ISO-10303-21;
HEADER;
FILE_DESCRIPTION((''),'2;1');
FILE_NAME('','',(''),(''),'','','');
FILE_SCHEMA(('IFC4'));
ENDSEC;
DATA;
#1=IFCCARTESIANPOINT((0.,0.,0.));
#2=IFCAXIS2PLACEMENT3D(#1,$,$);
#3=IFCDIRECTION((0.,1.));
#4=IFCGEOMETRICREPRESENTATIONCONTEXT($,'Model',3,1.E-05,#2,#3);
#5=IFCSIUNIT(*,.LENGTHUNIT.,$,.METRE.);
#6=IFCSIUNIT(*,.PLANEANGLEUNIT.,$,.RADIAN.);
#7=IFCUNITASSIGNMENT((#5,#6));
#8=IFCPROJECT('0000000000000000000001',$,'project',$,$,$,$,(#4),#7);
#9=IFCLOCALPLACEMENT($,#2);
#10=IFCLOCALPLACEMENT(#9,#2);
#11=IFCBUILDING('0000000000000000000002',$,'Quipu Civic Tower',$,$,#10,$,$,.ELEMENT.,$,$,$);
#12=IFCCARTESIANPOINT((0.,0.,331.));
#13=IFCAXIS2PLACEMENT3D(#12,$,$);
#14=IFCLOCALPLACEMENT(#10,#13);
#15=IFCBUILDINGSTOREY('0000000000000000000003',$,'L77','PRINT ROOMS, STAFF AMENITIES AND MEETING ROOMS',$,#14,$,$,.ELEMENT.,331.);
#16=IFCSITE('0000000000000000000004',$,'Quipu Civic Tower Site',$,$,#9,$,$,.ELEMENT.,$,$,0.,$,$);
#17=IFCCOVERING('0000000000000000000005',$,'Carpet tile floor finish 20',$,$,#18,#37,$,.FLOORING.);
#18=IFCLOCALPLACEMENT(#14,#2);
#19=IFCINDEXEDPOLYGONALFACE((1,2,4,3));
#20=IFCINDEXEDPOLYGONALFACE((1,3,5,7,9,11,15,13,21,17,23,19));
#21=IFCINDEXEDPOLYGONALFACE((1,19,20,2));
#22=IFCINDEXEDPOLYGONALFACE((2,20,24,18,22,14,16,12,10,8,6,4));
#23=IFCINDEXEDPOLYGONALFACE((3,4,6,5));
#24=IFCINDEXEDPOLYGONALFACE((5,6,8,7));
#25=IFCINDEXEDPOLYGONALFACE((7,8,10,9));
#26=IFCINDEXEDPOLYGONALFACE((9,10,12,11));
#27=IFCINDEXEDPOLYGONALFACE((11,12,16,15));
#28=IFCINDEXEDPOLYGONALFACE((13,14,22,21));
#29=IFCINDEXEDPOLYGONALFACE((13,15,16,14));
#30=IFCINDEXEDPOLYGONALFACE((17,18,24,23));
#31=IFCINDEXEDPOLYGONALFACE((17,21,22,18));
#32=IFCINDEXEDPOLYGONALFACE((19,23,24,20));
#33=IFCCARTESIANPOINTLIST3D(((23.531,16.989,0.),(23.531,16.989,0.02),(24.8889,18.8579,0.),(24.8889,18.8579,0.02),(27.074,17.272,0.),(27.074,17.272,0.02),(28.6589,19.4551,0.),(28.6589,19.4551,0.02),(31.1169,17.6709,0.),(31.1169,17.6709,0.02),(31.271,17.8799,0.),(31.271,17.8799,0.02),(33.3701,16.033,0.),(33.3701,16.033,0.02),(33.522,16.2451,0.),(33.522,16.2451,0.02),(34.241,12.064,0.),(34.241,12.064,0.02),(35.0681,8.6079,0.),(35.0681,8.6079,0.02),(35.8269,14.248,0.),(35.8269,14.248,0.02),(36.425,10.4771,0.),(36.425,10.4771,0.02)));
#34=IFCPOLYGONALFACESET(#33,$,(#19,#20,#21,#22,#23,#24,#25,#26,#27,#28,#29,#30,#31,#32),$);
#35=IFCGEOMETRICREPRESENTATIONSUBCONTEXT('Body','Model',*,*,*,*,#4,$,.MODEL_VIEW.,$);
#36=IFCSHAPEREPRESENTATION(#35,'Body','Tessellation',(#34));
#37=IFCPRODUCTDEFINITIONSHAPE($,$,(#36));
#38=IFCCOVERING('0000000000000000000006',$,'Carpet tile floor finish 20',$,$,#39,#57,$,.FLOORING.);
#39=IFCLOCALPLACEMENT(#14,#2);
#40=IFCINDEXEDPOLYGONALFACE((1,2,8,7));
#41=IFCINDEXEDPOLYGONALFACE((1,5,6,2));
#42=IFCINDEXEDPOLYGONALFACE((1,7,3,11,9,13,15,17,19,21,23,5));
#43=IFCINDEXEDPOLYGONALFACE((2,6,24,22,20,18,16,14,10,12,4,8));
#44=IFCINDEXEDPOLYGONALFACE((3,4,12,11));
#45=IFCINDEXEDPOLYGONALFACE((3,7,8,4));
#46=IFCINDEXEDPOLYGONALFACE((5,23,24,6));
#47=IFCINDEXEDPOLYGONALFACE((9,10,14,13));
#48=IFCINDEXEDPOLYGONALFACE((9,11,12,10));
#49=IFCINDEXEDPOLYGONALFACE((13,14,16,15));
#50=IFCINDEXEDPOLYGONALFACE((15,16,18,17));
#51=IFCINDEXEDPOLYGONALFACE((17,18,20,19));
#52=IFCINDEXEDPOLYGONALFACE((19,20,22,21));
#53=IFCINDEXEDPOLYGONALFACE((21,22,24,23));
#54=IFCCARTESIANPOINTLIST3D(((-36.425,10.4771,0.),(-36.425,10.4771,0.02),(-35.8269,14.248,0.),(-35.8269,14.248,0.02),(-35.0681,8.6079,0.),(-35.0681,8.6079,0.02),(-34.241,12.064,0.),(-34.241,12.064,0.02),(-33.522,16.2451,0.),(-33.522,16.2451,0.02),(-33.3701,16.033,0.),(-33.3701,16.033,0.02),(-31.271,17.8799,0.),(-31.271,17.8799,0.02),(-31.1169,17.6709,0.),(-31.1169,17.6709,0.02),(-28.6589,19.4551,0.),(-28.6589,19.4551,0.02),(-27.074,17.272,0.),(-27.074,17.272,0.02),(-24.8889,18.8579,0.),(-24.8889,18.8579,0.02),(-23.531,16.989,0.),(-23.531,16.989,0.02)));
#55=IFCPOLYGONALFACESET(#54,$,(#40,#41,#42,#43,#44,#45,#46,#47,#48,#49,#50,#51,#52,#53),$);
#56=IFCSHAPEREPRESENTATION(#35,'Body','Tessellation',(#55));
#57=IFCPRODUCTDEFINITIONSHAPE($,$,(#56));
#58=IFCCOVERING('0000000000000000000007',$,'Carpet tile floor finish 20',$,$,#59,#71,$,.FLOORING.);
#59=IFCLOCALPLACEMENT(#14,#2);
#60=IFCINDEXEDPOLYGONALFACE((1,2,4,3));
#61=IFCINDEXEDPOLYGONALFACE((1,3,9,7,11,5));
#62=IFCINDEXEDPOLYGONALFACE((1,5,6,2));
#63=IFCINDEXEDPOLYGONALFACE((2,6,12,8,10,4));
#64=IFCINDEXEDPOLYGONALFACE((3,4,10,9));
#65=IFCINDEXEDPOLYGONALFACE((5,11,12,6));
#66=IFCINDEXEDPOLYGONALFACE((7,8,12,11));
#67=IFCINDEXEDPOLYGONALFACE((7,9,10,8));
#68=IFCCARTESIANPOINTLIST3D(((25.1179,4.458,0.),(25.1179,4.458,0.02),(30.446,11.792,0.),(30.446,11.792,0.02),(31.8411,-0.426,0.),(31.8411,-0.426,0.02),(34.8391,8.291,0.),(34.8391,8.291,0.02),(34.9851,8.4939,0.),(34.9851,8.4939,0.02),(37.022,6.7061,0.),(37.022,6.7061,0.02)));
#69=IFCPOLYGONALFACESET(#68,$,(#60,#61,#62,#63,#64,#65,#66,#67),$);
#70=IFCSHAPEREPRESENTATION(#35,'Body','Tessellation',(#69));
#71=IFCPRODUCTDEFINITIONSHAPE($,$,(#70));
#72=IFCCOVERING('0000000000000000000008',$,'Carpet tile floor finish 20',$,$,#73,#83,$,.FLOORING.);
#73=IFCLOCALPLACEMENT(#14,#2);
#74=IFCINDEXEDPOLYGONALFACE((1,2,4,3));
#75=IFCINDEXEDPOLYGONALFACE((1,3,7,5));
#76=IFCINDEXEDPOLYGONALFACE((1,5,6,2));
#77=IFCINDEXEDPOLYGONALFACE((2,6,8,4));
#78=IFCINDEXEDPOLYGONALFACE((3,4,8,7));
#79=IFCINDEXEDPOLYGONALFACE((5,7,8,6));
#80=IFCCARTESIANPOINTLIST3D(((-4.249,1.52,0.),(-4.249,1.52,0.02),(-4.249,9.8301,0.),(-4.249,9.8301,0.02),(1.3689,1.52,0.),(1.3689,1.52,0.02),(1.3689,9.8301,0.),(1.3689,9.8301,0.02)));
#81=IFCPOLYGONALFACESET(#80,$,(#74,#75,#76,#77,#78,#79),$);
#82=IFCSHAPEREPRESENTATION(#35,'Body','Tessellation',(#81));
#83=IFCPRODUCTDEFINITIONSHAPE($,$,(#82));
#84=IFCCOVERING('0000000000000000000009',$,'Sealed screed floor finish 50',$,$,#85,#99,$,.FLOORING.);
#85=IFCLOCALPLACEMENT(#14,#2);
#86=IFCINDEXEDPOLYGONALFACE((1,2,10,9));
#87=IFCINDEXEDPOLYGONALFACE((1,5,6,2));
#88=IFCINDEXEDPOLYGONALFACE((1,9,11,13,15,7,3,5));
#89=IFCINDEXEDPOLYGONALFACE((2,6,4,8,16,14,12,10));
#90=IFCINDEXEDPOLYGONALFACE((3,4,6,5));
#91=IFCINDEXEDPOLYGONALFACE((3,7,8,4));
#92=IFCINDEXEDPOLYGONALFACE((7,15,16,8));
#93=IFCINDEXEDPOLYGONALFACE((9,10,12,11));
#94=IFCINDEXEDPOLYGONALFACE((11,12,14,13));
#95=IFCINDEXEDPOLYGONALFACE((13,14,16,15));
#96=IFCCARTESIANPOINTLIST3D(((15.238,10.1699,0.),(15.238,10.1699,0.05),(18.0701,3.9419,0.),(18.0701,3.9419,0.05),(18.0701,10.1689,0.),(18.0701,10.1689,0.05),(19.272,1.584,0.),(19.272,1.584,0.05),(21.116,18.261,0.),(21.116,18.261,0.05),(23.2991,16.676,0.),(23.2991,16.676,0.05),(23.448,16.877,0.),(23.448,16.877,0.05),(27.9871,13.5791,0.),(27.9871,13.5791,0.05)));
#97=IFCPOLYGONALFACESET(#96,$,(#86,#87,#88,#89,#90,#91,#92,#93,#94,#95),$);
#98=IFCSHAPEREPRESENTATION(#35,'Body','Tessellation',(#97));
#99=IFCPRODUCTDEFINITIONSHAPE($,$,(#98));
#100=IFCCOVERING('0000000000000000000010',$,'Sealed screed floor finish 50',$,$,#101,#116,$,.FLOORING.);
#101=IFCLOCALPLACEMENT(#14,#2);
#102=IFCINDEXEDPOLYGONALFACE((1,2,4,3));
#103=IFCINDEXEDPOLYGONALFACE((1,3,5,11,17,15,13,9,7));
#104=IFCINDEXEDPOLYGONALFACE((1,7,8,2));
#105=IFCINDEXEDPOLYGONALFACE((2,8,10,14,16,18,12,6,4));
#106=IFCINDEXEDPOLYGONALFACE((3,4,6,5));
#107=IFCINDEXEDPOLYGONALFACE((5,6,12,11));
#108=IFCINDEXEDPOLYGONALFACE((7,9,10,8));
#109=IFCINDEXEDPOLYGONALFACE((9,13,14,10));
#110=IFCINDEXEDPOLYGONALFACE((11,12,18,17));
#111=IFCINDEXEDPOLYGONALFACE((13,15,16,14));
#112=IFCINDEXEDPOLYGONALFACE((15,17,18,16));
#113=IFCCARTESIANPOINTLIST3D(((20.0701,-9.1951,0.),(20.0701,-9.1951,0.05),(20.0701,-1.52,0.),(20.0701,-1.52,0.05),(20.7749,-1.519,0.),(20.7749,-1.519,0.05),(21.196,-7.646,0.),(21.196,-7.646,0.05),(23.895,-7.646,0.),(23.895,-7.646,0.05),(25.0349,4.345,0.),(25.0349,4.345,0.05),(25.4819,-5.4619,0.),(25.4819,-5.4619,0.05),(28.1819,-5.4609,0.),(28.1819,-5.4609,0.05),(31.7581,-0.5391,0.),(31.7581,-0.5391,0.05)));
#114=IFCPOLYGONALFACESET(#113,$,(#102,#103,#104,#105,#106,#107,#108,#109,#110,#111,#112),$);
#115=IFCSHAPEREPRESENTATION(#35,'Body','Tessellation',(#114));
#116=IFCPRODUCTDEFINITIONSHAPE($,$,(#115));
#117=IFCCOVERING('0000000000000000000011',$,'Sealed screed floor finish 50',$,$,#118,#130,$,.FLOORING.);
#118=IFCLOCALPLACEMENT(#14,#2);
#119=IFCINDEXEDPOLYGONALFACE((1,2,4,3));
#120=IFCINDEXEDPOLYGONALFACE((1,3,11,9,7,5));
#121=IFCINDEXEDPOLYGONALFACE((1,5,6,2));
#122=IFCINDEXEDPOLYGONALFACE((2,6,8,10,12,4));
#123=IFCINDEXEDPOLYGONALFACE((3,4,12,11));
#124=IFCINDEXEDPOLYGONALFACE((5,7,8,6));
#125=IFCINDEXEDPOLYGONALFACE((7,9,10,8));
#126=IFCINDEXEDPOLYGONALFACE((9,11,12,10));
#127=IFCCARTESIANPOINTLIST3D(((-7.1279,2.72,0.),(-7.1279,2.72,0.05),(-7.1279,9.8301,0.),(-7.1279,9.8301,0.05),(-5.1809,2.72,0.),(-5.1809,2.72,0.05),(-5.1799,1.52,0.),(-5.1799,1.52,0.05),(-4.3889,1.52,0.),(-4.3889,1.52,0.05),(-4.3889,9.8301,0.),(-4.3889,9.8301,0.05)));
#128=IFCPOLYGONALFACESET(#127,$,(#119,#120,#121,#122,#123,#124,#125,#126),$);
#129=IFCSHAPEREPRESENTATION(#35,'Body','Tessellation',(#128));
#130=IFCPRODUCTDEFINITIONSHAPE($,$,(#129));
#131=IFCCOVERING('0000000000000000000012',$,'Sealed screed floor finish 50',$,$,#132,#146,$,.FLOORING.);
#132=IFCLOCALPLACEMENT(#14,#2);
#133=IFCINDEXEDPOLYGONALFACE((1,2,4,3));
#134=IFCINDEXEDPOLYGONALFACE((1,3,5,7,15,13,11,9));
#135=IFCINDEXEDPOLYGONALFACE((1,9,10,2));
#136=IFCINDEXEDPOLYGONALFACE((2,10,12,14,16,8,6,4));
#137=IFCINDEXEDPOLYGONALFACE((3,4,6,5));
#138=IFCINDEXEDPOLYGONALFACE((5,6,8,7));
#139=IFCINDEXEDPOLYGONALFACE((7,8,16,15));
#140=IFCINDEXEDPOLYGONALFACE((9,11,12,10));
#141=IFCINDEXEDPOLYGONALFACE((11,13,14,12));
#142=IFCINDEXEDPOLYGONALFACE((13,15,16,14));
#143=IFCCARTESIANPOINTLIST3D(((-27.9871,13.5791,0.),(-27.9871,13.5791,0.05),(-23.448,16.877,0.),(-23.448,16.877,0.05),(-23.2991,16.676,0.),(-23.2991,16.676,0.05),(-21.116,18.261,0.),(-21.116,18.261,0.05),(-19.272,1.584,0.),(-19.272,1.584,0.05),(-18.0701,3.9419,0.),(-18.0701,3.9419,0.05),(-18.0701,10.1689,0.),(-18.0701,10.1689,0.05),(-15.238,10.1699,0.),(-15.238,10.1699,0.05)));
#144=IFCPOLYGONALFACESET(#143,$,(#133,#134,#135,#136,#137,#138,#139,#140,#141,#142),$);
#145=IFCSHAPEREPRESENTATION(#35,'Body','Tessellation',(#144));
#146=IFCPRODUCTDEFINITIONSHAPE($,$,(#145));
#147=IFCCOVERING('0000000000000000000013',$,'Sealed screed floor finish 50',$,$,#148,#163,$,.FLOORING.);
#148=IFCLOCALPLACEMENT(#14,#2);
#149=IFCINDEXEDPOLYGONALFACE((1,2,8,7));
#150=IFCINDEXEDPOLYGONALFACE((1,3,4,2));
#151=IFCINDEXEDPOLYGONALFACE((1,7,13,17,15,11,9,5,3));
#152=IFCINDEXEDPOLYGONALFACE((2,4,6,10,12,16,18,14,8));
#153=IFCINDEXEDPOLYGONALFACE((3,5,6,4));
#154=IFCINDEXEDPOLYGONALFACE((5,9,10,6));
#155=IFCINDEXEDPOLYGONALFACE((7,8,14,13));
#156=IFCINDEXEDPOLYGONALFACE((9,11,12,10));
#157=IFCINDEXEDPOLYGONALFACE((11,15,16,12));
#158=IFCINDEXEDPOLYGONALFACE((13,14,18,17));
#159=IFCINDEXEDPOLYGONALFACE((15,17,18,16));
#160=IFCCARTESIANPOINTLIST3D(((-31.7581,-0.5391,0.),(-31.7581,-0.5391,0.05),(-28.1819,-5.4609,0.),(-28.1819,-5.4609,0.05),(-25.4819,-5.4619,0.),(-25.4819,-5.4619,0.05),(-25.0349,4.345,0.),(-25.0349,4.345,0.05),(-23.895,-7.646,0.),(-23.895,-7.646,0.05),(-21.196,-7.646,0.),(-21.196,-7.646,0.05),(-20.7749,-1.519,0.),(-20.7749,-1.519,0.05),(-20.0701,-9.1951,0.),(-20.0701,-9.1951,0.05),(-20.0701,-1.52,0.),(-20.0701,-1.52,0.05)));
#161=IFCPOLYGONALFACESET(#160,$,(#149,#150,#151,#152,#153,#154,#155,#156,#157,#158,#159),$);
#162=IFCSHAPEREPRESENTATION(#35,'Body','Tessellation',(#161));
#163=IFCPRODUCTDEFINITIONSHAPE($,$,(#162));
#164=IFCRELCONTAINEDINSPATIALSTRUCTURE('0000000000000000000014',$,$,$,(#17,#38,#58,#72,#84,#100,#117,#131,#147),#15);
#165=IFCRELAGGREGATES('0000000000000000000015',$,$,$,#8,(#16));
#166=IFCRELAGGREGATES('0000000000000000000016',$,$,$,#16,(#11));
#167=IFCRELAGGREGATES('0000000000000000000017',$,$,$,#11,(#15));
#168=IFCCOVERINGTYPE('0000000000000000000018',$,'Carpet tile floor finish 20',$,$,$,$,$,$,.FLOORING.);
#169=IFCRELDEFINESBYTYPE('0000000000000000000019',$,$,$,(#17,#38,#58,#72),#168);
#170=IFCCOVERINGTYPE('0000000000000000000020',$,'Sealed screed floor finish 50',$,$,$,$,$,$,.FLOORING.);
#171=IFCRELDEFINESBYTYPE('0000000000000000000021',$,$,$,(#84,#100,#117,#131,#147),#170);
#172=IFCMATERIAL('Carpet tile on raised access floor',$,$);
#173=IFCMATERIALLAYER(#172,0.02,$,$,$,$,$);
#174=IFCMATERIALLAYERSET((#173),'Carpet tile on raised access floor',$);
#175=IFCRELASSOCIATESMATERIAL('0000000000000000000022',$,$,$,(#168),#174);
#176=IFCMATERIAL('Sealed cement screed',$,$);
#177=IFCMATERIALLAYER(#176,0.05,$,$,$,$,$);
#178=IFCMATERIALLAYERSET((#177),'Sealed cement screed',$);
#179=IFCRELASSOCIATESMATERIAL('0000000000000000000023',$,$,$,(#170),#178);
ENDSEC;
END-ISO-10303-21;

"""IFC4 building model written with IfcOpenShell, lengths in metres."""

from ifc_helpers import new_model, si_unit, direction, frame, origin, place, context, subcontext, project, spatial, polyline, outline, extrude, material, layer, layer_set, type_object, element, save


model = new_model("IFC4")

# Units and contexts
model_context = context("Model", 3, precision=1e-05, world=origin(), true_north=direction((0.0, 1.0)))
body_context = subcontext(model_context, "Body", "Model", "MODEL_VIEW")
ifc_project = project(units=[si_unit("LENGTHUNIT", "METRE"), si_unit("PLANEANGLEUNIT", "RADIAN")], contexts=[model_context])

# Site, building, storey
site_placement = place(None, origin())
site = spatial("IfcSite", under=ifc_project, at=site_placement, Name="Quipu Civic Tower Site", CompositionType="ELEMENT", RefElevation=0.0)
building_placement = place(site_placement, origin())
building = spatial("IfcBuilding", under=site, at=building_placement, Name="Quipu Civic Tower", CompositionType="ELEMENT")
storey_placement = place(building_placement, frame((0.0, 0.0, 331.0)))
storey = spatial("IfcBuildingStorey", under=building, at=storey_placement, Name="L77", Description="PRINT ROOMS, STAFF AMENITIES AND MEETING ROOMS", CompositionType="ELEMENT", Elevation=331.0)

# Coverings
ifc_material_1 = material(Name="Carpet tile on raised access floor")
ifc_layer_1 = layer(ifc_material_1, 0.02)
ifc_layer_set_1 = layer_set([ifc_layer_1], Name="Carpet tile on raised access floor")
covering_type_1 = type_object("IfcCoveringType", Name="Carpet tile floor finish 20", PredefinedType="FLOORING", material=ifc_layer_set_1)
covering_1_placement = place(storey_placement, origin())
element("IfcCovering", 1, at=covering_1_placement, inside=storey, type_object=covering_type_1, Name="Carpet tile floor finish 20", PredefinedType="FLOORING", context=body_context, shape_type="SweptSolid", body=[
    extrude(outline(polyline([(23.531, 16.989), (24.8889, 18.8579), (27.074, 17.272), (28.6589, 19.4551), (31.1169, 17.6709), (31.271, 17.8799), (33.522, 16.2451), (33.3701, 16.033), (35.8269, 14.248), (34.241, 12.064), (36.425, 10.4771), (35.0681, 8.6079), (23.531, 16.989)])), origin(), (0.0, 0.0, 1.0), 0.02),
])
covering_2_placement = place(storey_placement, origin())
element("IfcCovering", 2, at=covering_2_placement, inside=storey, type_object=covering_type_1, Name="Carpet tile floor finish 20", PredefinedType="FLOORING", context=body_context, shape_type="SweptSolid", body=[
    extrude(outline(polyline([(-36.425, 10.4771), (-34.241, 12.064), (-35.8269, 14.248), (-33.3701, 16.033), (-33.522, 16.2451), (-31.271, 17.8799), (-31.1169, 17.6709), (-28.6589, 19.4551), (-27.074, 17.272), (-24.8889, 18.8579), (-23.531, 16.989), (-35.0681, 8.6079), (-36.425, 10.4771)])), origin(), (0.0, 0.0, 1.0), 0.02),
])
covering_3_placement = place(storey_placement, origin())
element("IfcCovering", 3, at=covering_3_placement, inside=storey, type_object=covering_type_1, Name="Carpet tile floor finish 20", PredefinedType="FLOORING", context=body_context, shape_type="SweptSolid", body=[
    extrude(outline(polyline([(25.1179, 4.458), (30.446, 11.792), (34.9851, 8.4939), (34.8391, 8.291), (37.022, 6.7061), (31.8411, -0.426), (25.1179, 4.458)])), origin(), (0.0, 0.0, 1.0), 0.02),
])
covering_4_placement = place(storey_placement, origin())
element("IfcCovering", 4, at=covering_4_placement, inside=storey, type_object=covering_type_1, Name="Carpet tile floor finish 20", PredefinedType="FLOORING", context=body_context, shape_type="SweptSolid", body=[
    extrude(outline(polyline([(-4.249, 9.8301), (1.3689, 9.8301), (1.3689, 1.52), (-4.249, 1.52), (-4.249, 9.8301)])), origin(), (0.0, 0.0, 1.0), 0.02),
])
ifc_material_2 = material(Name="Sealed cement screed")
ifc_layer_2 = layer(ifc_material_2, 0.05)
ifc_layer_set_2 = layer_set([ifc_layer_2], Name="Sealed cement screed")
covering_type_2 = type_object("IfcCoveringType", Name="Sealed screed floor finish 50", PredefinedType="FLOORING", material=ifc_layer_set_2)
covering_5_placement = place(storey_placement, origin())
element("IfcCovering", 5, at=covering_5_placement, inside=storey, type_object=covering_type_2, Name="Sealed screed floor finish 50", PredefinedType="FLOORING", context=body_context, shape_type="SweptSolid", body=[
    extrude(outline(polyline([(15.238, 10.1699), (21.116, 18.261), (23.2991, 16.676), (23.448, 16.877), (27.9871, 13.5791), (19.272, 1.584), (18.0701, 3.9419), (18.0701, 10.1689), (15.238, 10.1699)])), origin(), (0.0, 0.0, 1.0), 0.05),
])
covering_6_placement = place(storey_placement, origin())
element("IfcCovering", 6, at=covering_6_placement, inside=storey, type_object=covering_type_2, Name="Sealed screed floor finish 50", PredefinedType="FLOORING", context=body_context, shape_type="SweptSolid", body=[
    extrude(outline(polyline([(20.0701, -9.1951), (20.0701, -1.52), (20.7749, -1.519), (25.0349, 4.345), (31.7581, -0.5391), (28.1819, -5.4609), (25.4819, -5.4619), (23.895, -7.646), (21.196, -7.646), (20.0701, -9.1951)])), origin(), (0.0, 0.0, 1.0), 0.05),
])
covering_7_placement = place(storey_placement, origin())
element("IfcCovering", 7, at=covering_7_placement, inside=storey, type_object=covering_type_2, Name="Sealed screed floor finish 50", PredefinedType="FLOORING", context=body_context, shape_type="SweptSolid", body=[
    extrude(outline(polyline([(-7.1279, 2.72), (-7.1279, 9.8301), (-4.3889, 9.8301), (-4.3889, 1.52), (-5.1799, 1.52), (-5.1809, 2.72), (-7.1279, 2.72)])), origin(), (0.0, 0.0, 1.0), 0.05),
])
covering_8_placement = place(storey_placement, origin())
element("IfcCovering", 8, at=covering_8_placement, inside=storey, type_object=covering_type_2, Name="Sealed screed floor finish 50", PredefinedType="FLOORING", context=body_context, shape_type="SweptSolid", body=[
    extrude(outline(polyline([(-27.9871, 13.5791), (-23.448, 16.877), (-23.2991, 16.676), (-21.116, 18.261), (-15.238, 10.1699), (-18.0701, 10.1689), (-18.0701, 3.9419), (-19.272, 1.584), (-27.9871, 13.5791)])), origin(), (0.0, 0.0, 1.0), 0.05),
])
covering_9_placement = place(storey_placement, origin())
element("IfcCovering", 9, at=covering_9_placement, inside=storey, type_object=covering_type_2, Name="Sealed screed floor finish 50", PredefinedType="FLOORING", context=body_context, shape_type="SweptSolid", body=[
    extrude(outline(polyline([(-31.7581, -0.5391), (-25.0349, 4.345), (-20.7749, -1.519), (-20.0701, -1.52), (-20.0701, -9.1951), (-21.196, -7.646), (-23.895, -7.646), (-25.4819, -5.4619), (-28.1819, -5.4609), (-31.7581, -0.5391)])), origin(), (0.0, 0.0, 1.0), 0.05),
])

save(model, "model.ifc")
